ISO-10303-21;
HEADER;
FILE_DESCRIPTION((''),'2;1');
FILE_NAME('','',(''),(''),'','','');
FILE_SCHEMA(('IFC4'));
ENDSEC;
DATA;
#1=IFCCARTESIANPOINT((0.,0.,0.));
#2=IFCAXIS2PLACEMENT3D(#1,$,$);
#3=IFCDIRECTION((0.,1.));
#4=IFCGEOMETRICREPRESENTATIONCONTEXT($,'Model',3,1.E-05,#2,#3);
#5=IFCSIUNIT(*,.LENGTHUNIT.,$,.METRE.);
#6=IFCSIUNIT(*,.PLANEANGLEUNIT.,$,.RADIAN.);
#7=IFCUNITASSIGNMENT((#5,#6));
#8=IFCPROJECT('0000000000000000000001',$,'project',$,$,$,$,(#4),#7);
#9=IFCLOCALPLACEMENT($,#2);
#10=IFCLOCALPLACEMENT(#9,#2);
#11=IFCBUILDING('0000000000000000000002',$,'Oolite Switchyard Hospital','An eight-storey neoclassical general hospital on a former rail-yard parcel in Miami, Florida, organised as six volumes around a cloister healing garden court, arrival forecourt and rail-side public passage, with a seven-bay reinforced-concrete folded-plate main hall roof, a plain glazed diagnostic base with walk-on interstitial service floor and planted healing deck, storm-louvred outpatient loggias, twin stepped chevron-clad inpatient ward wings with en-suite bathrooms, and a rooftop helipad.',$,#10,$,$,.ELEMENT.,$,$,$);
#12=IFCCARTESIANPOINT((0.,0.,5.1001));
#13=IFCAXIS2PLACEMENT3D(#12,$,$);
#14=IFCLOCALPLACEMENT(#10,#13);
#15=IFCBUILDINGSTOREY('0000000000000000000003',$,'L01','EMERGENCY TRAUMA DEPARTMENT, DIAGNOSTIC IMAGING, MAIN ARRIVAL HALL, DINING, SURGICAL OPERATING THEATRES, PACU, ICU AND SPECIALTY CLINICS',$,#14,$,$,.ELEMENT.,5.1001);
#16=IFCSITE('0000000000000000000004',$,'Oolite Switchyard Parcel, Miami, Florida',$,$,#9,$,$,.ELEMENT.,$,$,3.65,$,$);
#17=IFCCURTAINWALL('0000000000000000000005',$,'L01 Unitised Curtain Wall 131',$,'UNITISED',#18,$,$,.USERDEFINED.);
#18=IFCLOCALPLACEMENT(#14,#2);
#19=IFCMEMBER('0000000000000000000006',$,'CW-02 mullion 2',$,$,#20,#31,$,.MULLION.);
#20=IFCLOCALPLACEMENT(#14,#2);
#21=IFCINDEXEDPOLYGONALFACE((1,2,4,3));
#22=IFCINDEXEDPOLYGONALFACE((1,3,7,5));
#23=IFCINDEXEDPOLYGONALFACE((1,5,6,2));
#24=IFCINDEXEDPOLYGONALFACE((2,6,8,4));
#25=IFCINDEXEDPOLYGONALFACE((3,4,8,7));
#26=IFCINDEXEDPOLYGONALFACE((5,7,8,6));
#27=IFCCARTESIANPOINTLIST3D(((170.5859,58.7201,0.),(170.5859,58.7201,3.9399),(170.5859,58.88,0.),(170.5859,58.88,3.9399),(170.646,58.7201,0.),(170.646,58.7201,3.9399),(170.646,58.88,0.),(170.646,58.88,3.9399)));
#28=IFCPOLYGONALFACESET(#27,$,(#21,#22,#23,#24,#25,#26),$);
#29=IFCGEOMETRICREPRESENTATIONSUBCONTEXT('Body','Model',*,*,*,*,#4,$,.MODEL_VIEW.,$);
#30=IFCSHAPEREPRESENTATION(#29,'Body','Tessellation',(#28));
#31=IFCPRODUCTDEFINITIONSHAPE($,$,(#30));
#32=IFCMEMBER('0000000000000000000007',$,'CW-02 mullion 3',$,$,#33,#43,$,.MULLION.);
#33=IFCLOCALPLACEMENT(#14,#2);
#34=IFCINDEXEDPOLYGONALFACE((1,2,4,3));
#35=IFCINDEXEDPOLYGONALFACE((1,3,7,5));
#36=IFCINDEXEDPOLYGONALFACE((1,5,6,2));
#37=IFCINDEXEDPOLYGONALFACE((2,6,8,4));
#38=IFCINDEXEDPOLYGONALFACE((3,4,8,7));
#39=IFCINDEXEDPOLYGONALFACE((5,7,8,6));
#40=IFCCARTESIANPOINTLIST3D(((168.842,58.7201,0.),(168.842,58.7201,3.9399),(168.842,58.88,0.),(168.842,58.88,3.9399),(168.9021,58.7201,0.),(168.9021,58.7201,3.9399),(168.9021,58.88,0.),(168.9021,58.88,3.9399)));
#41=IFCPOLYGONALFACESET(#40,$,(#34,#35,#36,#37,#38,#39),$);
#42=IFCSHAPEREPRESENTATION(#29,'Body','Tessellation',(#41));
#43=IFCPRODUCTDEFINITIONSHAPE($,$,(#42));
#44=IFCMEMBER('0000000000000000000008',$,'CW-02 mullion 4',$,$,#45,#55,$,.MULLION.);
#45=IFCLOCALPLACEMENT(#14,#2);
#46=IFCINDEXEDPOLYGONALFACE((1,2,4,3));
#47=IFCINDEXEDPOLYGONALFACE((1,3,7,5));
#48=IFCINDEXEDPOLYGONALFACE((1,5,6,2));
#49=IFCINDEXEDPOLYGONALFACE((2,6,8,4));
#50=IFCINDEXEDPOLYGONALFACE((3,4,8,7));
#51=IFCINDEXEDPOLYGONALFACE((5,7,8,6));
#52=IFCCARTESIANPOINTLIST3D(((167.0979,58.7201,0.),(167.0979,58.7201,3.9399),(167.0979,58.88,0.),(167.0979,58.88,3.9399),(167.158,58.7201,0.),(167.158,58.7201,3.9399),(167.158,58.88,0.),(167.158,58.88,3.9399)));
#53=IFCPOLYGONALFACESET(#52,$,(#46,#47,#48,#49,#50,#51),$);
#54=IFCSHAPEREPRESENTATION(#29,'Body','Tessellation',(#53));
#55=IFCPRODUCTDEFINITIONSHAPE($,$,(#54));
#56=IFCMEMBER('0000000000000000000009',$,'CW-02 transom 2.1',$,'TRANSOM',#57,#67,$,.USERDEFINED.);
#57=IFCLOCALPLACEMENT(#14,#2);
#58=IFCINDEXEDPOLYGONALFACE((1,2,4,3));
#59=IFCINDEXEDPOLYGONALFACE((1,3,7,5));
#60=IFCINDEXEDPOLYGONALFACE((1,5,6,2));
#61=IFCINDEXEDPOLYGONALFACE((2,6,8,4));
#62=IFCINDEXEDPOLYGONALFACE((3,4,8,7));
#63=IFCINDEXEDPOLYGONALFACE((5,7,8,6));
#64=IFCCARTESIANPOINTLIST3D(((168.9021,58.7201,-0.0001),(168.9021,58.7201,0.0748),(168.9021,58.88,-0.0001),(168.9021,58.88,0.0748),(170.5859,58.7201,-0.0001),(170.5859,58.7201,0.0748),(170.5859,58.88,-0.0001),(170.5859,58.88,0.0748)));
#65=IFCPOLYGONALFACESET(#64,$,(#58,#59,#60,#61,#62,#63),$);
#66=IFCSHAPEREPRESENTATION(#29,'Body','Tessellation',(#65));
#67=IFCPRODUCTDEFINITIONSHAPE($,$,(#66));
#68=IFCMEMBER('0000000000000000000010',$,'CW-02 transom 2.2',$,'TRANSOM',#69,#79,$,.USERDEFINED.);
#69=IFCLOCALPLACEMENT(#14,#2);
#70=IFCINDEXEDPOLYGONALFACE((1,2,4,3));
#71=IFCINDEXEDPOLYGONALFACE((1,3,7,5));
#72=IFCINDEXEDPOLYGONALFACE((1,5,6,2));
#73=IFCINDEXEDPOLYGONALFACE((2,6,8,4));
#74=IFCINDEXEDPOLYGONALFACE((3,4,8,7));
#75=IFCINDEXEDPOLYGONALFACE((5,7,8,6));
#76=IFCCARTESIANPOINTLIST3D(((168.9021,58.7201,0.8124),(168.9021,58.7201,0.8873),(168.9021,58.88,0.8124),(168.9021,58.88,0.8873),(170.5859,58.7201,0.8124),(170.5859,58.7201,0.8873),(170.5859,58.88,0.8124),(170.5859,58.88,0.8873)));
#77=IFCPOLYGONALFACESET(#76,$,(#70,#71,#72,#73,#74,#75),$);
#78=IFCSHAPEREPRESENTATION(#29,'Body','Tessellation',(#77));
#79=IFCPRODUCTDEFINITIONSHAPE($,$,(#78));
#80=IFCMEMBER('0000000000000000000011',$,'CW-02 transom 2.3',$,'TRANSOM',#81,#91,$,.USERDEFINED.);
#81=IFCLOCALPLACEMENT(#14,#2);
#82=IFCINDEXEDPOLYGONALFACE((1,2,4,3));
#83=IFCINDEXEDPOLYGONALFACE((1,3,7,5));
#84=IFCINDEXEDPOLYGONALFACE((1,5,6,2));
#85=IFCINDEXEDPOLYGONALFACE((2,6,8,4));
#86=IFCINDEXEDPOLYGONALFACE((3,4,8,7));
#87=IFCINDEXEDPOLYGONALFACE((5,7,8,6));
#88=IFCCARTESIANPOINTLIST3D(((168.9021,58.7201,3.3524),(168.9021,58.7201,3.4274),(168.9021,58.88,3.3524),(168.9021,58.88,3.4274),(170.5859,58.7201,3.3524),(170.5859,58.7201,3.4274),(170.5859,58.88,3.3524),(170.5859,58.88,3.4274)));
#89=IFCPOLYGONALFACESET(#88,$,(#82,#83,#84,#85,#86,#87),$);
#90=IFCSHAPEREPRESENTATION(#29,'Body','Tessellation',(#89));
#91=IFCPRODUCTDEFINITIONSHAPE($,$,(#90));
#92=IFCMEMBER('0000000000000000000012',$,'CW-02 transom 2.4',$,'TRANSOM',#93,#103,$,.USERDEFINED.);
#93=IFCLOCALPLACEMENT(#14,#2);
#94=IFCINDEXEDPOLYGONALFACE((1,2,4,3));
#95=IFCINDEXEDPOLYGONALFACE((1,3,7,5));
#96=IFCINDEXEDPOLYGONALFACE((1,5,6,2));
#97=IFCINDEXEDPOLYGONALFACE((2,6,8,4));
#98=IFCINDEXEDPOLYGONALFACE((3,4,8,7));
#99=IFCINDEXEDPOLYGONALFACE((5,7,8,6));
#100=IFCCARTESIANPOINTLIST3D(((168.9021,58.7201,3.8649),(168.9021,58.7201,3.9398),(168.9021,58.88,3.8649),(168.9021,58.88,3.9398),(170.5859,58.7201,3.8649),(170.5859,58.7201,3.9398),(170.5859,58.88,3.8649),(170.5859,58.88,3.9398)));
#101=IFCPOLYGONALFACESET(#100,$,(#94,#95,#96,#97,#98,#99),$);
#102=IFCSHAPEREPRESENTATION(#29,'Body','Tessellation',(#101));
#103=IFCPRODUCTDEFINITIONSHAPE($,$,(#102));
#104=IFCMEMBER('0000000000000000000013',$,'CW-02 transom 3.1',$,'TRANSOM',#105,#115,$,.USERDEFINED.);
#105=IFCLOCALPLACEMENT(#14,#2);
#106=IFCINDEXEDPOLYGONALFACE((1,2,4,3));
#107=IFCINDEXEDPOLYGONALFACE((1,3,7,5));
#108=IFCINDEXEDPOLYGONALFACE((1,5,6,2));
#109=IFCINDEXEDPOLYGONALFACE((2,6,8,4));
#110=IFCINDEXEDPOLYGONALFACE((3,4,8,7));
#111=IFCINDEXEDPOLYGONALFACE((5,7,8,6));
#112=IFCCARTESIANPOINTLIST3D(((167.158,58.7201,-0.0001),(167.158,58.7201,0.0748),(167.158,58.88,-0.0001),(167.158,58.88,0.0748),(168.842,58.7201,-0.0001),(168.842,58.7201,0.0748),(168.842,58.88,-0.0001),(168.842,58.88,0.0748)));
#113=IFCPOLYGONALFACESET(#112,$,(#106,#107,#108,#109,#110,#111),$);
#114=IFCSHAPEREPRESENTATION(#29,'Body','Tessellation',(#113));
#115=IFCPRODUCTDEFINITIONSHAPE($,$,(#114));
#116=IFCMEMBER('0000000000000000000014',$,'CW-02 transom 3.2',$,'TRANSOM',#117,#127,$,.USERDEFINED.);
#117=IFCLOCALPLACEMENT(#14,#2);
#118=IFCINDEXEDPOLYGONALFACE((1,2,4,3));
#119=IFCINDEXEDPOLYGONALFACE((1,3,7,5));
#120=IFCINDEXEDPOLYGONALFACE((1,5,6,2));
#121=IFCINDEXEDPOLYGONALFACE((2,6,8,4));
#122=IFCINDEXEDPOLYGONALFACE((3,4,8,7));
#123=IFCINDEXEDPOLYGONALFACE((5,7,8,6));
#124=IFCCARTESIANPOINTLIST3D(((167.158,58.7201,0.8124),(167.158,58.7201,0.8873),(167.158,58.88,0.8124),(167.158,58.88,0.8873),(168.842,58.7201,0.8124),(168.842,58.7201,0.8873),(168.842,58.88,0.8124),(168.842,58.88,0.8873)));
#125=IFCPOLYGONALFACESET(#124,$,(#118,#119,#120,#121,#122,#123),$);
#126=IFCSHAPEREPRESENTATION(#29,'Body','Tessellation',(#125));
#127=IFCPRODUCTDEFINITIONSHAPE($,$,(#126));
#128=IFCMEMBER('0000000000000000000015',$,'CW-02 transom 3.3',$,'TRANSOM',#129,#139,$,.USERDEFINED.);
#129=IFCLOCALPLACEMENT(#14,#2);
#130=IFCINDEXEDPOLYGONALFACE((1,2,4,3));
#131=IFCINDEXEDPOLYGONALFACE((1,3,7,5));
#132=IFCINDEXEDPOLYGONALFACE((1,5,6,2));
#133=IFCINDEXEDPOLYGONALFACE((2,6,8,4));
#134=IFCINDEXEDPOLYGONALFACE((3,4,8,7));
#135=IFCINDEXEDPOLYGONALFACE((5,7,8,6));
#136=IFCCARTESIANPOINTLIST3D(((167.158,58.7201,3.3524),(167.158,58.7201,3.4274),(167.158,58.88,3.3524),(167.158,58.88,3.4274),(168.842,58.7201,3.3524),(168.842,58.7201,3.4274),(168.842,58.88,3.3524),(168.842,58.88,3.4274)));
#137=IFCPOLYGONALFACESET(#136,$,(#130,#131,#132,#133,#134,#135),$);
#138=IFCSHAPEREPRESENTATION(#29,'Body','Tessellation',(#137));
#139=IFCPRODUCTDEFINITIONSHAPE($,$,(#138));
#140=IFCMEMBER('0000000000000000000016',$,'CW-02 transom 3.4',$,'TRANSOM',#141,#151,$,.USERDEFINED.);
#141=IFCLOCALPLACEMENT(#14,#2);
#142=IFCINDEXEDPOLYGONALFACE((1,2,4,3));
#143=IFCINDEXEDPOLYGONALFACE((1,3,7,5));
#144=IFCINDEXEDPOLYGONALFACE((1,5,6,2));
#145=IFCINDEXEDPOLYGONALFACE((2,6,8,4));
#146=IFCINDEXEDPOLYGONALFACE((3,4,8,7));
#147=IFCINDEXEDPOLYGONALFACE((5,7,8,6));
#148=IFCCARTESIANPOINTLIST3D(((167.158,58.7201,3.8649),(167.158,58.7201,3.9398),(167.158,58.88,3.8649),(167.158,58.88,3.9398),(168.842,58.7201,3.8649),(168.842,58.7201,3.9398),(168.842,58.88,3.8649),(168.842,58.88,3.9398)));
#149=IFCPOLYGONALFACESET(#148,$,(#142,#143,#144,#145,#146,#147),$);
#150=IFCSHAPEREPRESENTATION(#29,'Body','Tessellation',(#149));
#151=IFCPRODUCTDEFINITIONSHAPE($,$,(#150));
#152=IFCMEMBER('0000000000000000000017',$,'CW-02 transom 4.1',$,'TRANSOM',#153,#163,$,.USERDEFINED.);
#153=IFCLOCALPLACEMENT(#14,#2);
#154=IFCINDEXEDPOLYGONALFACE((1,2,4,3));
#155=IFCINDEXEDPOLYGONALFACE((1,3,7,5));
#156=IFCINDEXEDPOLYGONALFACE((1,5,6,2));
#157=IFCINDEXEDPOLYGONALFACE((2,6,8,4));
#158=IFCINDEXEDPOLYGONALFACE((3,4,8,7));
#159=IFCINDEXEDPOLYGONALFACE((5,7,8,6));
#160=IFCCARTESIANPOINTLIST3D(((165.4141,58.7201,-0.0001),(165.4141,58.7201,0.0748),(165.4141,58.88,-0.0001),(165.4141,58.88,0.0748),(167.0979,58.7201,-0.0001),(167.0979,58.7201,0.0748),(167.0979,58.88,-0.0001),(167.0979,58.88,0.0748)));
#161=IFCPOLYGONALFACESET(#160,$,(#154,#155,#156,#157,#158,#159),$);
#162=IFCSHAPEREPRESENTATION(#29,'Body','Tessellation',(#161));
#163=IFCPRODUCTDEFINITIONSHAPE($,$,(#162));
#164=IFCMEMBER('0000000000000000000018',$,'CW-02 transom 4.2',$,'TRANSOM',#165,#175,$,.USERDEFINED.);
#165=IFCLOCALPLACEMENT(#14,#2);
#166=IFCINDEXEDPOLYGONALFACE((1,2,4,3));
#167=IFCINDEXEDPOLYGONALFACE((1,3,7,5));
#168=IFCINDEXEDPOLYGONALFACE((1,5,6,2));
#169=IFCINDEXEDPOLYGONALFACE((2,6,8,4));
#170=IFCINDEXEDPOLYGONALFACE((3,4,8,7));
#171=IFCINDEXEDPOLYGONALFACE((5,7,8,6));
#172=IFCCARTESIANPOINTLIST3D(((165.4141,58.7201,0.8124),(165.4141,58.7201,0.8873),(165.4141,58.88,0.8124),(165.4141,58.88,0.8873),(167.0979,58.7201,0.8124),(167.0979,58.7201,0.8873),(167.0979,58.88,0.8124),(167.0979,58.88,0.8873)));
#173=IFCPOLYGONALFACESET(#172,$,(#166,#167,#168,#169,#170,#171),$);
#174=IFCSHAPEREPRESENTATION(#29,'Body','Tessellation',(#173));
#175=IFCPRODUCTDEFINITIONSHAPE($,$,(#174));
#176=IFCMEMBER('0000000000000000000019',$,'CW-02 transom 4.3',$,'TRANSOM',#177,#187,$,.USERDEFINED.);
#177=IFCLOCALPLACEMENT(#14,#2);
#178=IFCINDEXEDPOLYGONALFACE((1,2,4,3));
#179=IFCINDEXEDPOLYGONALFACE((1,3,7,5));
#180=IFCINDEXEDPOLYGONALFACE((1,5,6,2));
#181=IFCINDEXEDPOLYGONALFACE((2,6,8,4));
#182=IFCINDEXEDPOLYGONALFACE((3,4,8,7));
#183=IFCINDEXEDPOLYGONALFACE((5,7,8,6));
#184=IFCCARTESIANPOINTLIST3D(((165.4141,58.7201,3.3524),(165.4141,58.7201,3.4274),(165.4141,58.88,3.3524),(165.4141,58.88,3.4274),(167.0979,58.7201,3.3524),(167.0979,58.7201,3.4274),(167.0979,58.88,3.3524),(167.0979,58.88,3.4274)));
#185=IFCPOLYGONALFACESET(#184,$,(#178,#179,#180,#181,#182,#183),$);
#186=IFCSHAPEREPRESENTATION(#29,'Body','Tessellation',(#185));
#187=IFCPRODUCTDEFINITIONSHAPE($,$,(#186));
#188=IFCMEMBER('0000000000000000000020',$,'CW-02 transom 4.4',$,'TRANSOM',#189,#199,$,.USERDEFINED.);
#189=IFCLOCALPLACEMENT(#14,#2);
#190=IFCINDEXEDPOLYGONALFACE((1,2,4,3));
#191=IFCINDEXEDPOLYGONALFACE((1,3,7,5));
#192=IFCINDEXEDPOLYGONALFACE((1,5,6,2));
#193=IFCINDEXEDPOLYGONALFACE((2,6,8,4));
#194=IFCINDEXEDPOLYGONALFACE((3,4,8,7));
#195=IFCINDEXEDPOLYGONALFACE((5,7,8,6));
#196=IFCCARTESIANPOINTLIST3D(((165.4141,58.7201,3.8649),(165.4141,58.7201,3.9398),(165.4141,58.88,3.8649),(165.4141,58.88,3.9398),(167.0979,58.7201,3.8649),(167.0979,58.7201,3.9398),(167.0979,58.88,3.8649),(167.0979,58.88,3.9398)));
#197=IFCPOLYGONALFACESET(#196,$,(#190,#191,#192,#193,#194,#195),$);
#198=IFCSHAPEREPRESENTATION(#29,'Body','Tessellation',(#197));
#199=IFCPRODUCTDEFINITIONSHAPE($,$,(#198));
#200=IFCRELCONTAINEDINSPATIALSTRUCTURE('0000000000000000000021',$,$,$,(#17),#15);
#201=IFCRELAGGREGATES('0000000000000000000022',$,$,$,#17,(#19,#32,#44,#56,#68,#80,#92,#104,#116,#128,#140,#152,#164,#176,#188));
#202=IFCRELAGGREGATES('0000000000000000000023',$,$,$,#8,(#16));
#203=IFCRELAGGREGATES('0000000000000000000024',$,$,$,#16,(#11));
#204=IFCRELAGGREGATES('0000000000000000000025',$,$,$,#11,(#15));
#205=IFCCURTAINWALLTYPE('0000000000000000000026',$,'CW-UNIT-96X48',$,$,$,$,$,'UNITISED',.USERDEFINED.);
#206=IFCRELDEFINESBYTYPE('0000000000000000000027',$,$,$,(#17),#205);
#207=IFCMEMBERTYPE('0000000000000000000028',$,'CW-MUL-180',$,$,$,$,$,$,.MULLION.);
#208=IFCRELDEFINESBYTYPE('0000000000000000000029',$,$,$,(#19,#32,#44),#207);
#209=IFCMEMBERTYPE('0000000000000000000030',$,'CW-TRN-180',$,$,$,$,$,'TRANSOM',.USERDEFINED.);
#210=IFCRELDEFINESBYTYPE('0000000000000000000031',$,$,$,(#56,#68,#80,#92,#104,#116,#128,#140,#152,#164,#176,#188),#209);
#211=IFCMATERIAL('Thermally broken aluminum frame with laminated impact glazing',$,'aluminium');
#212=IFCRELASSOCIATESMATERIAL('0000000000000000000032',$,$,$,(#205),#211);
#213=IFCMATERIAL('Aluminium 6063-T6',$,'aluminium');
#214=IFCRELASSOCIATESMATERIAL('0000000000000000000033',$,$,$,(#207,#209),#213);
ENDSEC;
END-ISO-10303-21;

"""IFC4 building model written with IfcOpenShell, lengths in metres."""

from ifc_helpers import new_model, si_unit, direction, frame, origin, origin_2d, place, context, subcontext, project, spatial, rectangle, extrude, material, material_profile, profile_set, type_object, element, aggregate, save


model = new_model("IFC4")

# Units and contexts
model_context = context("Model", 3, precision=1e-05, world=origin(), true_north=direction((0.0, 1.0)))
body_context = subcontext(model_context, "Body", "Model", "MODEL_VIEW")
ifc_project = project(units=[si_unit("LENGTHUNIT", "METRE"), si_unit("PLANEANGLEUNIT", "RADIAN")], contexts=[model_context])

# Site, building, storey
site_placement = place(None, origin())
site = spatial("IfcSite", under=ifc_project, at=site_placement, Name="Oolite Switchyard Parcel, Miami, Florida", CompositionType="ELEMENT", RefElevation=3.65)
building_placement = place(site_placement, origin())
building = spatial("IfcBuilding", under=site, at=building_placement, Name="Oolite Switchyard Hospital", Description="An eight-storey neoclassical general hospital on a former rail-yard parcel in Miami, Florida, organised as six volumes around a cloister healing garden court, arrival forecourt and rail-side public passage, with a seven-bay reinforced-concrete folded-plate main hall roof, a plain glazed diagnostic base with walk-on interstitial service floor and planted healing deck, storm-louvred outpatient loggias, twin stepped chevron-clad inpatient ward wings with en-suite bathrooms, and a rooftop helipad.", CompositionType="ELEMENT")
storey_placement = place(building_placement, frame((0.0, 0.0, 5.1001)))
storey = spatial("IfcBuildingStorey", under=building, at=storey_placement, Name="L01", Description="EMERGENCY TRAUMA DEPARTMENT, DIAGNOSTIC IMAGING, MAIN ARRIVAL HALL, DINING, SURGICAL OPERATING THEATRES, PACU, ICU AND SPECIALTY CLINICS", CompositionType="ELEMENT", Elevation=5.1001)

# Curtain wall, members
ifc_material_1 = material(Name="Thermally broken aluminum frame with laminated impact glazing", Category="aluminium")
curtain_wall_type = type_object("IfcCurtainWallType", Name="CW-UNIT-96X48", ElementType="UNITISED", PredefinedType="USERDEFINED", material=ifc_material_1)
curtain_wall_placement = place(storey_placement, origin())
curtain_wall = element("IfcCurtainWall", 1, at=curtain_wall_placement, inside=storey, type_object=curtain_wall_type, Name="L01 Unitised Curtain Wall 131", ObjectType="UNITISED", PredefinedType="USERDEFINED")
ifc_material_2 = material(Name="Aluminium 6063-T6", Category="aluminium")
ifc_material_profile_1 = material_profile(ifc_material_2, rectangle(XDim=0.1599, YDim=0.0601, at=origin_2d()), Name="CWM60X160")
ifc_profile_set_1 = profile_set([ifc_material_profile_1], Name="Aluminium 6063-T6")
member_type_1 = type_object("IfcMemberType", Name="CW-MUL-180", PredefinedType="MULLION", material=ifc_profile_set_1)
member_1_placement = place(storey_placement, frame((170.616, 58.8, 0.0), z_axis=(0.0, 0.0, 1.0), x_axis=(0.0, -1.0, 0.0)))
member_1 = element("IfcMember", 2, at=member_1_placement, type_object=member_type_1, Name="CW-02 mullion 2", PredefinedType="MULLION", context=body_context, shape_type="SweptSolid", body=[
    extrude(rectangle(XDim=0.1599, YDim=0.0601, at=origin_2d()), origin(), (0.0, 0.0, 1.0), 3.9399),
])
member_2_placement = place(storey_placement, frame((168.8721, 58.8, 0.0), z_axis=(0.0, 0.0, 1.0), x_axis=(0.0, -1.0, 0.0)))
member_2 = element("IfcMember", 3, at=member_2_placement, type_object=member_type_1, Name="CW-02 mullion 3", PredefinedType="MULLION", context=body_context, shape_type="SweptSolid", body=[
    extrude(rectangle(XDim=0.1599, YDim=0.0601, at=origin_2d()), origin(), (0.0, 0.0, 1.0), 3.9399),
])
member_3_placement = place(storey_placement, frame((167.1279, 58.8, 0.0), z_axis=(0.0, 0.0, 1.0), x_axis=(0.0, -1.0, 0.0)))
member_3 = element("IfcMember", 4, at=member_3_placement, type_object=member_type_1, Name="CW-02 mullion 4", PredefinedType="MULLION", context=body_context, shape_type="SweptSolid", body=[
    extrude(rectangle(XDim=0.1599, YDim=0.0601, at=origin_2d()), origin(), (0.0, 0.0, 1.0), 3.9399),
])
ifc_material_profile_2 = material_profile(ifc_material_2, rectangle(XDim=0.1599, YDim=0.075, at=origin_2d()), Name="CWT75X160")
ifc_profile_set_2 = profile_set([ifc_material_profile_2], Name="Aluminium 6063-T6")
member_type_2 = type_object("IfcMemberType", Name="CW-TRN-180", ElementType="TRANSOM", PredefinedType="USERDEFINED", material=ifc_profile_set_2)
member_4_placement = place(storey_placement, frame((170.5859, 58.8, 0.0374), z_axis=(-1.0, 0.0, 0.0), x_axis=(0.0, -1.0, 0.0)))
member_4 = element("IfcMember", 5, at=member_4_placement, type_object=member_type_2, Name="CW-02 transom 2.1", ObjectType="TRANSOM", PredefinedType="USERDEFINED", context=body_context, shape_type="SweptSolid", body=[
    extrude(rectangle(XDim=0.1599, YDim=0.075, at=origin_2d()), origin(), (0.0, 0.0, 1.0), 1.6838),
])
member_5_placement = place(storey_placement, frame((170.5859, 58.8, 0.8499), z_axis=(-1.0, 0.0, 0.0), x_axis=(0.0, -1.0, 0.0)))
member_5 = element("IfcMember", 6, at=member_5_placement, type_object=member_type_2, Name="CW-02 transom 2.2", ObjectType="TRANSOM", PredefinedType="USERDEFINED", context=body_context, shape_type="SweptSolid", body=[
    extrude(rectangle(XDim=0.1599, YDim=0.075, at=origin_2d()), origin(), (0.0, 0.0, 1.0), 1.6838),
])
member_6_placement = place(storey_placement, frame((170.5859, 58.8, 3.3899), z_axis=(-1.0, 0.0, 0.0), x_axis=(0.0, -1.0, 0.0)))
member_6 = element("IfcMember", 7, at=member_6_placement, type_object=member_type_2, Name="CW-02 transom 2.3", ObjectType="TRANSOM", PredefinedType="USERDEFINED", context=body_context, shape_type="SweptSolid", body=[
    extrude(rectangle(XDim=0.1599, YDim=0.075, at=origin_2d()), origin(), (0.0, 0.0, 1.0), 1.6838),
])
member_7_placement = place(storey_placement, frame((170.5859, 58.8, 3.9023), z_axis=(-1.0, 0.0, 0.0), x_axis=(0.0, -1.0, 0.0)))
member_7 = element("IfcMember", 8, at=member_7_placement, type_object=member_type_2, Name="CW-02 transom 2.4", ObjectType="TRANSOM", PredefinedType="USERDEFINED", context=body_context, shape_type="SweptSolid", body=[
    extrude(rectangle(XDim=0.1599, YDim=0.075, at=origin_2d()), origin(), (0.0, 0.0, 1.0), 1.6838),
])
member_8_placement = place(storey_placement, frame((168.842, 58.8, 0.0374), z_axis=(-1.0, 0.0, 0.0), x_axis=(0.0, -1.0, 0.0)))
member_8 = element("IfcMember", 9, at=member_8_placement, type_object=member_type_2, Name="CW-02 transom 3.1", ObjectType="TRANSOM", PredefinedType="USERDEFINED", context=body_context, shape_type="SweptSolid", body=[
    extrude(rectangle(XDim=0.1599, YDim=0.075, at=origin_2d()), origin(), (0.0, 0.0, 1.0), 1.6841),
])
member_9_placement = place(storey_placement, frame((168.842, 58.8, 0.8499), z_axis=(-1.0, 0.0, 0.0), x_axis=(0.0, -1.0, 0.0)))
member_9 = element("IfcMember", 10, at=member_9_placement, type_object=member_type_2, Name="CW-02 transom 3.2", ObjectType="TRANSOM", PredefinedType="USERDEFINED", context=body_context, shape_type="SweptSolid", body=[
    extrude(rectangle(XDim=0.1599, YDim=0.075, at=origin_2d()), origin(), (0.0, 0.0, 1.0), 1.6841),
])
member_10_placement = place(storey_placement, frame((168.842, 58.8, 3.3899), z_axis=(-1.0, 0.0, 0.0), x_axis=(0.0, -1.0, 0.0)))
member_10 = element("IfcMember", 11, at=member_10_placement, type_object=member_type_2, Name="CW-02 transom 3.3", ObjectType="TRANSOM", PredefinedType="USERDEFINED", context=body_context, shape_type="SweptSolid", body=[
    extrude(rectangle(XDim=0.1599, YDim=0.075, at=origin_2d()), origin(), (0.0, 0.0, 1.0), 1.6841),
])
member_11_placement = place(storey_placement, frame((168.842, 58.8, 3.9023), z_axis=(-1.0, 0.0, 0.0), x_axis=(0.0, -1.0, 0.0)))
member_11 = element("IfcMember", 12, at=member_11_placement, type_object=member_type_2, Name="CW-02 transom 3.4", ObjectType="TRANSOM", PredefinedType="USERDEFINED", context=body_context, shape_type="SweptSolid", body=[
    extrude(rectangle(XDim=0.1599, YDim=0.075, at=origin_2d()), origin(), (0.0, 0.0, 1.0), 1.6841),
])
member_12_placement = place(storey_placement, frame((167.0979, 58.8, 0.0374), z_axis=(-1.0, 0.0, 0.0), x_axis=(0.0, -1.0, 0.0)))
member_12 = element("IfcMember", 13, at=member_12_placement, type_object=member_type_2, Name="CW-02 transom 4.1", ObjectType="TRANSOM", PredefinedType="USERDEFINED", context=body_context, shape_type="SweptSolid", body=[
    extrude(rectangle(XDim=0.1599, YDim=0.075, at=origin_2d()), origin(), (0.0, 0.0, 1.0), 1.6838),
])
member_13_placement = place(storey_placement, frame((167.0979, 58.8, 0.8499), z_axis=(-1.0, 0.0, 0.0), x_axis=(0.0, -1.0, 0.0)))
member_13 = element("IfcMember", 14, at=member_13_placement, type_object=member_type_2, Name="CW-02 transom 4.2", ObjectType="TRANSOM", PredefinedType="USERDEFINED", context=body_context, shape_type="SweptSolid", body=[
    extrude(rectangle(XDim=0.1599, YDim=0.075, at=origin_2d()), origin(), (0.0, 0.0, 1.0), 1.6838),
])
member_14_placement = place(storey_placement, frame((167.0979, 58.8, 3.3899), z_axis=(-1.0, 0.0, 0.0), x_axis=(0.0, -1.0, 0.0)))
member_14 = element("IfcMember", 15, at=member_14_placement, type_object=member_type_2, Name="CW-02 transom 4.3", ObjectType="TRANSOM", PredefinedType="USERDEFINED", context=body_context, shape_type="SweptSolid", body=[
    extrude(rectangle(XDim=0.1599, YDim=0.075, at=origin_2d()), origin(), (0.0, 0.0, 1.0), 1.6838),
])
member_15_placement = place(storey_placement, frame((167.0979, 58.8, 3.9023), z_axis=(-1.0, 0.0, 0.0), x_axis=(0.0, -1.0, 0.0)))
member_15 = element("IfcMember", 16, at=member_15_placement, type_object=member_type_2, Name="CW-02 transom 4.4", ObjectType="TRANSOM", PredefinedType="USERDEFINED", context=body_context, shape_type="SweptSolid", body=[
    extrude(rectangle(XDim=0.1599, YDim=0.075, at=origin_2d()), origin(), (0.0, 0.0, 1.0), 1.6838),
])
aggregate(curtain_wall, [member_1, member_2, member_3, member_4, member_5, member_6, member_7, member_8, member_9, member_10, member_11, member_12, member_13, member_14, member_15])

save(model, "model.ifc")
